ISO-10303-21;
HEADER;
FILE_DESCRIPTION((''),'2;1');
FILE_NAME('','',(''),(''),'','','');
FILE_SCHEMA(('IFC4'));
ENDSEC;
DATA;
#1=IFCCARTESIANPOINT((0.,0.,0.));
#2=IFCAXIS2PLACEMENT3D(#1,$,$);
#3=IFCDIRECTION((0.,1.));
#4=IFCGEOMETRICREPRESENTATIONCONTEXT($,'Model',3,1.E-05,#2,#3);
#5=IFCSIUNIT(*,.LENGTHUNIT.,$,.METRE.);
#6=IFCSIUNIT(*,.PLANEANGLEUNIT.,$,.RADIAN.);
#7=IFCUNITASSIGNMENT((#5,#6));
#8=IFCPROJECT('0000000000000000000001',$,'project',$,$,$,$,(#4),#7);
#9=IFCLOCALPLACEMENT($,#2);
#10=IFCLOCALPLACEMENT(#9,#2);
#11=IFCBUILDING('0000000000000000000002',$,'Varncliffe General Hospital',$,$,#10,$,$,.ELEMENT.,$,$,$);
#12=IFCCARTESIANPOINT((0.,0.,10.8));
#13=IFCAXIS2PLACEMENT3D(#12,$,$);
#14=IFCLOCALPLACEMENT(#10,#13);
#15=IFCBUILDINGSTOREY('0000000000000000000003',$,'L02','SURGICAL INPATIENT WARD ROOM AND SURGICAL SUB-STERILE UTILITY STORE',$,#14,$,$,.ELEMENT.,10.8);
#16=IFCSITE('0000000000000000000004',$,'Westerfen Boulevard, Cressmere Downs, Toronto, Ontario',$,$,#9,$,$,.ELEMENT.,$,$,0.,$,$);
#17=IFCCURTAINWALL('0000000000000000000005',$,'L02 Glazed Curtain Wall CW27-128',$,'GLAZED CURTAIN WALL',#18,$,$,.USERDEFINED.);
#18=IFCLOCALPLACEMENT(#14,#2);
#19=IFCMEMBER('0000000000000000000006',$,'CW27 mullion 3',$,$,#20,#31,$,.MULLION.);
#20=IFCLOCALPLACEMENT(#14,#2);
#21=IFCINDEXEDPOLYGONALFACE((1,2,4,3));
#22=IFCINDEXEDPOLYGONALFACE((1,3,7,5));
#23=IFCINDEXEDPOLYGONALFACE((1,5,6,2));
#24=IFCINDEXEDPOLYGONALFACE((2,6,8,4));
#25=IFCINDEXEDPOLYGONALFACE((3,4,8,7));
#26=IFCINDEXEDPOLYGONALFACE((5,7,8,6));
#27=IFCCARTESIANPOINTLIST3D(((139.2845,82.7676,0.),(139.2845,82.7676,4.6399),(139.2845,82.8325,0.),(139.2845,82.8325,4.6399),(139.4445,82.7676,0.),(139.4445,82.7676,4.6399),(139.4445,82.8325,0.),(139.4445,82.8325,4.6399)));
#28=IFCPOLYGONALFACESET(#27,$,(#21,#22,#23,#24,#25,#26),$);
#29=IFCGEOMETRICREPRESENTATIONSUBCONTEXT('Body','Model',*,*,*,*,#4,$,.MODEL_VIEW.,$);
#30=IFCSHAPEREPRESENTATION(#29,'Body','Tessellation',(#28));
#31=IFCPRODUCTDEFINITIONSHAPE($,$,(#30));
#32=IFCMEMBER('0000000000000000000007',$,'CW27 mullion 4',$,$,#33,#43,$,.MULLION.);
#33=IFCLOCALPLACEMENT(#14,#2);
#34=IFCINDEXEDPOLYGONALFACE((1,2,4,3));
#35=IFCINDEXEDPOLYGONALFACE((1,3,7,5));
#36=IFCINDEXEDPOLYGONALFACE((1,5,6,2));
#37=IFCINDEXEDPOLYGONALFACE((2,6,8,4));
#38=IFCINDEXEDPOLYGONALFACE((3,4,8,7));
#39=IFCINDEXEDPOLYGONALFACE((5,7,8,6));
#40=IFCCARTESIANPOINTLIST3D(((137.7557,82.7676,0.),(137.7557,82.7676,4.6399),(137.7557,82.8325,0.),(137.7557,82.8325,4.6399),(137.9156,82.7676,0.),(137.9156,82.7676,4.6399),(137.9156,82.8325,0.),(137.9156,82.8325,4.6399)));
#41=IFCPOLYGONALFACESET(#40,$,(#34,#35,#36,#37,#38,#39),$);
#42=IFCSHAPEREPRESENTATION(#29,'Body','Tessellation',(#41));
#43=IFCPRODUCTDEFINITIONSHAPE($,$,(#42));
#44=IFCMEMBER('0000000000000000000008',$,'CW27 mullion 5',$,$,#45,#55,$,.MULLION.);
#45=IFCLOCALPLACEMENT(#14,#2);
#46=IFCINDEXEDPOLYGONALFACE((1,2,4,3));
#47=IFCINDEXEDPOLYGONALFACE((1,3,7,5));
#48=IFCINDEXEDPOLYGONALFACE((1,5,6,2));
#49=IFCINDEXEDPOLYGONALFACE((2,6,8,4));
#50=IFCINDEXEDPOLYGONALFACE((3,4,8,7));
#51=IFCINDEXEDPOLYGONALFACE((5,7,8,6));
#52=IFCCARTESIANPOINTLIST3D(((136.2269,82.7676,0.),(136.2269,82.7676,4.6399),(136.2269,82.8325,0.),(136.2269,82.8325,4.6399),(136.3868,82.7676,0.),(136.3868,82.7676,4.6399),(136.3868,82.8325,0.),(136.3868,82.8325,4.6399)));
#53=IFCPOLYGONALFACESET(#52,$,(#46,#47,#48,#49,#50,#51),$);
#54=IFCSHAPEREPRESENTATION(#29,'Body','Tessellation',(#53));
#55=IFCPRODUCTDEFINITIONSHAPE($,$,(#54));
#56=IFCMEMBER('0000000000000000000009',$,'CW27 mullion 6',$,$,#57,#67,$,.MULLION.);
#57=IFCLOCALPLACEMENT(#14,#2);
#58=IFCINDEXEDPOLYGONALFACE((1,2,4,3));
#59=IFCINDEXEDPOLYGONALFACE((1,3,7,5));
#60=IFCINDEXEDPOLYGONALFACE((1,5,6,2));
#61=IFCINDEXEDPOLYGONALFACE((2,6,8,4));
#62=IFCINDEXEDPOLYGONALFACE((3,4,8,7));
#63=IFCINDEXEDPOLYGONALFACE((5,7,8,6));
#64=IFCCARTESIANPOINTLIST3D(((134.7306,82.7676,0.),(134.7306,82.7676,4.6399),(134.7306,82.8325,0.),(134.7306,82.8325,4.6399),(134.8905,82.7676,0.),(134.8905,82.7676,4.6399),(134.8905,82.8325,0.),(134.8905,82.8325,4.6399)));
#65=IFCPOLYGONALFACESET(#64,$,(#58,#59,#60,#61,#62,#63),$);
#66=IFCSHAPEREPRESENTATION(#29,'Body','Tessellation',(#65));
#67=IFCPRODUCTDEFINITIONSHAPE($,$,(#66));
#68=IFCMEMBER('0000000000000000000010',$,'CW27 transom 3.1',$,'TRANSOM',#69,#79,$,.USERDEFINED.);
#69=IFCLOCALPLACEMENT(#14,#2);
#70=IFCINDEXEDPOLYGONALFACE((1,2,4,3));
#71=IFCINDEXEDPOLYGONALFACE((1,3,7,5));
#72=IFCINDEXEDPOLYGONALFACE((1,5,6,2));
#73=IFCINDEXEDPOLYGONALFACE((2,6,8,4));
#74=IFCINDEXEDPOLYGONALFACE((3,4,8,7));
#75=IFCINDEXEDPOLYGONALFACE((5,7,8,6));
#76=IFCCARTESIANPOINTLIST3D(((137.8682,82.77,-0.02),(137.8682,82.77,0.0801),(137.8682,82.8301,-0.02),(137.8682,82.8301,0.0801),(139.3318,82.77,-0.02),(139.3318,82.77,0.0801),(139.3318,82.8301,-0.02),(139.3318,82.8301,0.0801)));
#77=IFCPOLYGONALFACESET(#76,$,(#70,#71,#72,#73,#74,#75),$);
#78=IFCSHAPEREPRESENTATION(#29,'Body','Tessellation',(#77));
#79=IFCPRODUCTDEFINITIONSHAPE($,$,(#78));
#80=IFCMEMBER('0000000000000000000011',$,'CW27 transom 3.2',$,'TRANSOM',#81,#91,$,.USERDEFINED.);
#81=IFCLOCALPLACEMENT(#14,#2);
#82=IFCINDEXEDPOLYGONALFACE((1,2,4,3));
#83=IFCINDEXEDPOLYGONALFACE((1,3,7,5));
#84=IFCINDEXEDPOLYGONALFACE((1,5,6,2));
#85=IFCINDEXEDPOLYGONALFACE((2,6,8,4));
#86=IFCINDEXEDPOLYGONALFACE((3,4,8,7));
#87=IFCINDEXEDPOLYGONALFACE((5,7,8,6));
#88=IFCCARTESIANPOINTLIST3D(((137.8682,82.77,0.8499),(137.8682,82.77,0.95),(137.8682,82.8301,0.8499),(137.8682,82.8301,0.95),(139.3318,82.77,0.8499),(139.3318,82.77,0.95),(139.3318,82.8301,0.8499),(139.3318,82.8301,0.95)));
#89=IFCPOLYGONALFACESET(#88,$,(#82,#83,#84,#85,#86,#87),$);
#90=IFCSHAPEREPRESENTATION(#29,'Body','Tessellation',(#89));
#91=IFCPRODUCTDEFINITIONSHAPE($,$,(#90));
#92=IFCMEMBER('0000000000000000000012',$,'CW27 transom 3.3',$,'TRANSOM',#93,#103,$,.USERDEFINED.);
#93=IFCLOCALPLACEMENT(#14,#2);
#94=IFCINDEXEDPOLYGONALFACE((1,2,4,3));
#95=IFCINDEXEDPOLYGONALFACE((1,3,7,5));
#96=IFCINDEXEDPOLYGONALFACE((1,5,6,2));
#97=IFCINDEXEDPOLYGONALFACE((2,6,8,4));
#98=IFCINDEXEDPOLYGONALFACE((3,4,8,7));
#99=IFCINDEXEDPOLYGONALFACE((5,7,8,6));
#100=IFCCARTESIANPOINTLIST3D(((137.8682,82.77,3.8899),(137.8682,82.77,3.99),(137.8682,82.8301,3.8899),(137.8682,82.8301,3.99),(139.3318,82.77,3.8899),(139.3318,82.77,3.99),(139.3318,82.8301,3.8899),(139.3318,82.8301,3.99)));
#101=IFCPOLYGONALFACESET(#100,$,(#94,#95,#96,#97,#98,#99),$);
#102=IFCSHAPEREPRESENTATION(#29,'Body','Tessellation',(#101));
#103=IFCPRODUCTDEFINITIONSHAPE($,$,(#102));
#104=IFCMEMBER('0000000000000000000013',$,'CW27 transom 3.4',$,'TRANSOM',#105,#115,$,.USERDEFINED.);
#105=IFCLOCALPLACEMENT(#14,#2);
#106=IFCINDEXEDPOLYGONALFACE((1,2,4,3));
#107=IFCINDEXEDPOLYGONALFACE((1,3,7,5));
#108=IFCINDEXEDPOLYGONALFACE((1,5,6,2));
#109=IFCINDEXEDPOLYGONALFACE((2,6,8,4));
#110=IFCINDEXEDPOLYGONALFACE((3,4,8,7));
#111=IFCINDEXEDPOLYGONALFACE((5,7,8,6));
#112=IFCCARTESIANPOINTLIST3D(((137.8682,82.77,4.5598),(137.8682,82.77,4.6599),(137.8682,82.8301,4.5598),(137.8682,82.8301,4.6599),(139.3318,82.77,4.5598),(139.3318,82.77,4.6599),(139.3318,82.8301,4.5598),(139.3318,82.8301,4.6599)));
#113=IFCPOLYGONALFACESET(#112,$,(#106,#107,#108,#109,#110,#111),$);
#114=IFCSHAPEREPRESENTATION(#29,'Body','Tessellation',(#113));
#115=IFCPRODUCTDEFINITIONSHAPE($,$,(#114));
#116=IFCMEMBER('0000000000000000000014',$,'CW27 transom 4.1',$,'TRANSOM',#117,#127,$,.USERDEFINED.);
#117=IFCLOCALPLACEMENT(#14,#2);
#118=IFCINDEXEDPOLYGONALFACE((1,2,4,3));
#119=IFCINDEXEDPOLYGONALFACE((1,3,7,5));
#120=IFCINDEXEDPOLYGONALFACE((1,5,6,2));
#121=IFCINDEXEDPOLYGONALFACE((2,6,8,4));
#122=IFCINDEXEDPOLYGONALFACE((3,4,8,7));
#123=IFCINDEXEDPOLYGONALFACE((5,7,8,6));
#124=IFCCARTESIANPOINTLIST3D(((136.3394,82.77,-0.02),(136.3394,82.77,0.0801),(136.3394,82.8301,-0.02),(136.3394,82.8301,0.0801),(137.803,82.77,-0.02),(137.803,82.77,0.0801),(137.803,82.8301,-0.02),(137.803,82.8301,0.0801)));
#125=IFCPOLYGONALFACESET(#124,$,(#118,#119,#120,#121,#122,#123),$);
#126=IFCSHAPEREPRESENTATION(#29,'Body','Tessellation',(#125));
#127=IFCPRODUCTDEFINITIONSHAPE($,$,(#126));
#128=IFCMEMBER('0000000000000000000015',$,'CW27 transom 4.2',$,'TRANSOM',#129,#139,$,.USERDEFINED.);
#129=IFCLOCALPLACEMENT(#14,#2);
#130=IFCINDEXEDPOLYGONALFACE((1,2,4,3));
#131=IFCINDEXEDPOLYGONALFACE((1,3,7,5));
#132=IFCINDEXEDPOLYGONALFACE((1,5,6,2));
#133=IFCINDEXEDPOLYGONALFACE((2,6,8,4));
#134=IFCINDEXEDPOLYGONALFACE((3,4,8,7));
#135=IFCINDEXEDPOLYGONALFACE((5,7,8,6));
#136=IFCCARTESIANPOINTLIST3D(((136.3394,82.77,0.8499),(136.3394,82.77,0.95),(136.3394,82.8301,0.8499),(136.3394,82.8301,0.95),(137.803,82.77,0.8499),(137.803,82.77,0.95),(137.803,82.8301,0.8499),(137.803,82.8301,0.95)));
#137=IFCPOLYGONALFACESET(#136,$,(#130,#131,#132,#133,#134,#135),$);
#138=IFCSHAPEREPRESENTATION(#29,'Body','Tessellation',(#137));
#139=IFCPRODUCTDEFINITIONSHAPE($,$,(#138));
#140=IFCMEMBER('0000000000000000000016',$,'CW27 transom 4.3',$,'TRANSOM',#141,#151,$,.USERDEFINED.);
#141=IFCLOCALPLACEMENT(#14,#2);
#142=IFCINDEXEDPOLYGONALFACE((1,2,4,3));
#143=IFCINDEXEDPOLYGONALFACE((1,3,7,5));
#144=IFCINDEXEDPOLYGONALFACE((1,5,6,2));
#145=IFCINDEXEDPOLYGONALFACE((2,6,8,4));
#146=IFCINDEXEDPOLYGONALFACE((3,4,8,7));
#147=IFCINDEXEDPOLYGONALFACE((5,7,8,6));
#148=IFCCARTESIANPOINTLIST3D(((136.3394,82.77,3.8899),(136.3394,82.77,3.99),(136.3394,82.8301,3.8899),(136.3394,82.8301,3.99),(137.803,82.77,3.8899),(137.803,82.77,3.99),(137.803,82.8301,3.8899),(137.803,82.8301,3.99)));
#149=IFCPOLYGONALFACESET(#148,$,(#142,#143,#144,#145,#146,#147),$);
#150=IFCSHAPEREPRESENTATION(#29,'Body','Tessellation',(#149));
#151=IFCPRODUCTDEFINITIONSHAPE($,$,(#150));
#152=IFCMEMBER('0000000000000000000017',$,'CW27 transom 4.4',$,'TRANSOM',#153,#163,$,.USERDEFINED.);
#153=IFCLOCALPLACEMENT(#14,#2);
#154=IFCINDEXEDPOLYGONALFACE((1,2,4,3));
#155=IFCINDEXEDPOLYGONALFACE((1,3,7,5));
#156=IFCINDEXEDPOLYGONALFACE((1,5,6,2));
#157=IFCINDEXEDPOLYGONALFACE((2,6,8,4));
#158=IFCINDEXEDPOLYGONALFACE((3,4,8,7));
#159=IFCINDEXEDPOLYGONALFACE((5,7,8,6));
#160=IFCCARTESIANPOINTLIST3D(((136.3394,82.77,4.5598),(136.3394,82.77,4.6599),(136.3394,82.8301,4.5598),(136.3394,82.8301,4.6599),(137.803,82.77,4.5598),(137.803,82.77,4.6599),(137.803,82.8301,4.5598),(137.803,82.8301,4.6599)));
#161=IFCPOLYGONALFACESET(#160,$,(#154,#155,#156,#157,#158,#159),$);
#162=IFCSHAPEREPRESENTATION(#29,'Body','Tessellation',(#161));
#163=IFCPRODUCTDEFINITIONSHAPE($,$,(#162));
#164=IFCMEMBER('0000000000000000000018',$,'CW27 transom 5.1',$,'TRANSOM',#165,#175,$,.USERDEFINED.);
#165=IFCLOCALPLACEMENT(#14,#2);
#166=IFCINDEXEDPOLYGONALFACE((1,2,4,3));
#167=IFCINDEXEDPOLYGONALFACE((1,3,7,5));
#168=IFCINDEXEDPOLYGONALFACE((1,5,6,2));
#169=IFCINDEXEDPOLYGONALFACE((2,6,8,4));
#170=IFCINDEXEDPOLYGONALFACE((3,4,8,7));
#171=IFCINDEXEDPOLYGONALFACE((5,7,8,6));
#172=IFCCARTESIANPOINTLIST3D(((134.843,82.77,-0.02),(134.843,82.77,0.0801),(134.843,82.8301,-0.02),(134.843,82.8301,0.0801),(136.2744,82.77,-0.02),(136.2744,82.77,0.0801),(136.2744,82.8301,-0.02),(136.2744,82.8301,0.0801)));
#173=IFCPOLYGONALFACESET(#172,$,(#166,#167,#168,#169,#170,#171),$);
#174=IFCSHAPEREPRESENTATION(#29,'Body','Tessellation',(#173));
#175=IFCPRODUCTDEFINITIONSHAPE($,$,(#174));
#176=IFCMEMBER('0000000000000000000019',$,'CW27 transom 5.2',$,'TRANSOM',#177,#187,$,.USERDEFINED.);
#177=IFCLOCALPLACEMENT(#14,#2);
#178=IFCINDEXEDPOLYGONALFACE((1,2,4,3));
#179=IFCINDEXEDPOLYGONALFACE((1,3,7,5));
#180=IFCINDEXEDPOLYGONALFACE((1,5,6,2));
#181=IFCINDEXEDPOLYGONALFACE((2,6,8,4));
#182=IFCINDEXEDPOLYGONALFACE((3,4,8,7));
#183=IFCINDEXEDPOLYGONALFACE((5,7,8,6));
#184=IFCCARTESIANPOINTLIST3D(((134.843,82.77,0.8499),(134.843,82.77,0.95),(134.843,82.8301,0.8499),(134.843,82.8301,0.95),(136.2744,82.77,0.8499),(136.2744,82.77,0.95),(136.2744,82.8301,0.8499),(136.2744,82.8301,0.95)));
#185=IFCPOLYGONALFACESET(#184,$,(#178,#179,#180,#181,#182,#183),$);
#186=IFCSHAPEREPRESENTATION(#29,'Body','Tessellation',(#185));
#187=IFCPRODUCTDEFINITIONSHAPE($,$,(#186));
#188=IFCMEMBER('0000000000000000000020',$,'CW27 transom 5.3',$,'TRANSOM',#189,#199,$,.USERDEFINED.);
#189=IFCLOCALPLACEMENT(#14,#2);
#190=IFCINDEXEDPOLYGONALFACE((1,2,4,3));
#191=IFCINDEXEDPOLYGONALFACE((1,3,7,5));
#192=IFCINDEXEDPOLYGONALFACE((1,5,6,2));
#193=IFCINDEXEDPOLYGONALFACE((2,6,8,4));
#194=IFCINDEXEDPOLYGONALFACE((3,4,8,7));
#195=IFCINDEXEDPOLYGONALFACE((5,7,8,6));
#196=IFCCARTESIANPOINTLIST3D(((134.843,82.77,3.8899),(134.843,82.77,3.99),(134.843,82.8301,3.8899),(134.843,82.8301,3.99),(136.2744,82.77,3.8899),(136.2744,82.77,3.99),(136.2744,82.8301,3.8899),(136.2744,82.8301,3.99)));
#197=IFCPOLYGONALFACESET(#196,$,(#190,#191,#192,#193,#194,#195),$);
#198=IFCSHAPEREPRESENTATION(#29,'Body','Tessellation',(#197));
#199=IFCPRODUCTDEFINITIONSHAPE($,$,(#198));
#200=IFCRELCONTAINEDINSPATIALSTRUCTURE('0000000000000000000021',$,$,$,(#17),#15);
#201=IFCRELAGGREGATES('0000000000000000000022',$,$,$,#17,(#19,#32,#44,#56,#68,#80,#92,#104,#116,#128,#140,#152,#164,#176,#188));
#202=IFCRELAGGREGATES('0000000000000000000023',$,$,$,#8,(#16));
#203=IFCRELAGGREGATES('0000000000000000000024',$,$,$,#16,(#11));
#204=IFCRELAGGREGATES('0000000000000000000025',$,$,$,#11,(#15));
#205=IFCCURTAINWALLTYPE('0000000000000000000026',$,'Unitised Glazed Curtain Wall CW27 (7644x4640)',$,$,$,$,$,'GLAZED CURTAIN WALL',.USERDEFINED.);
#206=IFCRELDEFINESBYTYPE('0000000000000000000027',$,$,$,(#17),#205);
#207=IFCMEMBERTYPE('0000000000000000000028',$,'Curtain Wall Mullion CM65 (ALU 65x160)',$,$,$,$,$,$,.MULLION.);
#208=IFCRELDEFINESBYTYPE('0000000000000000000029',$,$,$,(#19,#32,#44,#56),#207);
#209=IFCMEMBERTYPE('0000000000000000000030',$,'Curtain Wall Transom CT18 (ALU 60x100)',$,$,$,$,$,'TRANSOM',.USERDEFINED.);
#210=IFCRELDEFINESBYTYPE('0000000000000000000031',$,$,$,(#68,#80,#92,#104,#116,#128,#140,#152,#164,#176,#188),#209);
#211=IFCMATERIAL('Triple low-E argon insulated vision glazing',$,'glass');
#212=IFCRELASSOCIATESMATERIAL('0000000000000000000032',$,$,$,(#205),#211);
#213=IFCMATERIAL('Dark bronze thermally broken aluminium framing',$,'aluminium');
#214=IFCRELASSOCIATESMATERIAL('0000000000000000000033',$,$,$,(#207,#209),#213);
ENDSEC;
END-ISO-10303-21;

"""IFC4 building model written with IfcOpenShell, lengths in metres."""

from ifc_helpers import new_model, si_unit, direction, frame, origin, origin_2d, place, context, subcontext, project, spatial, rectangle, extrude, material, material_profile, profile_set, type_object, element, aggregate, save


model = new_model("IFC4")

# Units and contexts
model_context = context("Model", 3, precision=1e-05, world=origin(), true_north=direction((0.0, 1.0)))
body_context = subcontext(model_context, "Body", "Model", "MODEL_VIEW")
ifc_project = project(units=[si_unit("LENGTHUNIT", "METRE"), si_unit("PLANEANGLEUNIT", "RADIAN")], contexts=[model_context])

# Site, building, storey
site_placement = place(None, origin())
site = spatial("IfcSite", under=ifc_project, at=site_placement, Name="Westerfen Boulevard, Cressmere Downs, Toronto, Ontario", CompositionType="ELEMENT", RefElevation=0.0)
building_placement = place(site_placement, origin())
building = spatial("IfcBuilding", under=site, at=building_placement, Name="Varncliffe General Hospital", CompositionType="ELEMENT")
storey_placement = place(building_placement, frame((0.0, 0.0, 10.8)))
storey = spatial("IfcBuildingStorey", under=building, at=storey_placement, Name="L02", Description="SURGICAL INPATIENT WARD ROOM AND SURGICAL SUB-STERILE UTILITY STORE", CompositionType="ELEMENT", Elevation=10.8)

# Curtain wall, members
ifc_material_1 = material(Name="Triple low-E argon insulated vision glazing", Category="glass")
curtain_wall_type = type_object("IfcCurtainWallType", Name="Unitised Glazed Curtain Wall CW27 (7644x4640)", ElementType="GLAZED CURTAIN WALL", PredefinedType="USERDEFINED", material=ifc_material_1)
curtain_wall_placement = place(storey_placement, origin())
curtain_wall = element("IfcCurtainWall", 1, at=curtain_wall_placement, inside=storey, type_object=curtain_wall_type, Name="L02 Glazed Curtain Wall CW27-128", ObjectType="GLAZED CURTAIN WALL", PredefinedType="USERDEFINED")
ifc_material_2 = material(Name="Dark bronze thermally broken aluminium framing", Category="aluminium")
ifc_material_profile_1 = material_profile(ifc_material_2, rectangle(XDim=0.0649, YDim=0.1599, at=origin_2d()), Name="ALU 65x160")
ifc_profile_set_1 = profile_set([ifc_material_profile_1], Name="Dark bronze thermally broken aluminium framing")
member_type_1 = type_object("IfcMemberType", Name="Curtain Wall Mullion CM65 (ALU 65x160)", PredefinedType="MULLION", material=ifc_profile_set_1)
member_1_placement = place(storey_placement, frame((139.3645, 82.8, 0.0), z_axis=(0.0, 0.0, 1.0), x_axis=(0.0, -1.0, 0.0)))
member_1 = element("IfcMember", 2, at=member_1_placement, type_object=member_type_1, Name="CW27 mullion 3", PredefinedType="MULLION", context=body_context, shape_type="SweptSolid", body=[
    extrude(rectangle(XDim=0.0649, YDim=0.1599, at=origin_2d()), origin(), (0.0, 0.0, 1.0), 4.6399),
])
member_2_placement = place(storey_placement, frame((137.8357, 82.8, 0.0), z_axis=(0.0, 0.0, 1.0), x_axis=(0.0, -1.0, 0.0)))
member_2 = element("IfcMember", 3, at=member_2_placement, type_object=member_type_1, Name="CW27 mullion 4", PredefinedType="MULLION", context=body_context, shape_type="SweptSolid", body=[
    extrude(rectangle(XDim=0.0649, YDim=0.1599, at=origin_2d()), origin(), (0.0, 0.0, 1.0), 4.6399),
])
member_3_placement = place(storey_placement, frame((136.3069, 82.8, 0.0), z_axis=(0.0, 0.0, 1.0), x_axis=(0.0, -1.0, 0.0)))
member_3 = element("IfcMember", 4, at=member_3_placement, type_object=member_type_1, Name="CW27 mullion 5", PredefinedType="MULLION", context=body_context, shape_type="SweptSolid", body=[
    extrude(rectangle(XDim=0.0649, YDim=0.1599, at=origin_2d()), origin(), (0.0, 0.0, 1.0), 4.6399),
])
member_4_placement = place(storey_placement, frame((134.8105, 82.8, 0.0), z_axis=(0.0, 0.0, 1.0), x_axis=(0.0, -1.0, 0.0)))
member_4 = element("IfcMember", 5, at=member_4_placement, type_object=member_type_1, Name="CW27 mullion 6", PredefinedType="MULLION", context=body_context, shape_type="SweptSolid", body=[
    extrude(rectangle(XDim=0.0649, YDim=0.1599, at=origin_2d()), origin(), (0.0, 0.0, 1.0), 4.6399),
])
ifc_material_profile_2 = material_profile(ifc_material_2, rectangle(XDim=0.0601, YDim=0.1001, at=origin_2d()), Name="ALU 60x100")
ifc_profile_set_2 = profile_set([ifc_material_profile_2], Name="Dark bronze thermally broken aluminium framing")
member_type_2 = type_object("IfcMemberType", Name="Curtain Wall Transom CT18 (ALU 60x100)", ElementType="TRANSOM", PredefinedType="USERDEFINED", material=ifc_profile_set_2)
member_5_placement = place(storey_placement, frame((139.3318, 82.8, 0.03), z_axis=(-1.0, 0.0, 0.0), x_axis=(0.0, -1.0, 0.0)))
member_5 = element("IfcMember", 6, at=member_5_placement, type_object=member_type_2, Name="CW27 transom 3.1", ObjectType="TRANSOM", PredefinedType="USERDEFINED", context=body_context, shape_type="SweptSolid", body=[
    extrude(rectangle(XDim=0.0601, YDim=0.1001, at=origin_2d()), origin(), (0.0, 0.0, 1.0), 1.4636),
])
member_6_placement = place(storey_placement, frame((139.3318, 82.8, 0.8999), z_axis=(-1.0, 0.0, 0.0), x_axis=(0.0, -1.0, 0.0)))
member_6 = element("IfcMember", 7, at=member_6_placement, type_object=member_type_2, Name="CW27 transom 3.2", ObjectType="TRANSOM", PredefinedType="USERDEFINED", context=body_context, shape_type="SweptSolid", body=[
    extrude(rectangle(XDim=0.0601, YDim=0.1001, at=origin_2d()), origin(), (0.0, 0.0, 1.0), 1.4636),
])
member_7_placement = place(storey_placement, frame((139.3318, 82.8, 3.9399), z_axis=(-1.0, 0.0, 0.0), x_axis=(0.0, -1.0, 0.0)))
member_7 = element("IfcMember", 8, at=member_7_placement, type_object=member_type_2, Name="CW27 transom 3.3", ObjectType="TRANSOM", PredefinedType="USERDEFINED", context=body_context, shape_type="SweptSolid", body=[
    extrude(rectangle(XDim=0.0601, YDim=0.1001, at=origin_2d()), origin(), (0.0, 0.0, 1.0), 1.4636),
])
member_8_placement = place(storey_placement, frame((139.3318, 82.8, 4.6099), z_axis=(-1.0, 0.0, 0.0), x_axis=(0.0, -1.0, 0.0)))
member_8 = element("IfcMember", 9, at=member_8_placement, type_object=member_type_2, Name="CW27 transom 3.4", ObjectType="TRANSOM", PredefinedType="USERDEFINED", context=body_context, shape_type="SweptSolid", body=[
    extrude(rectangle(XDim=0.0601, YDim=0.1001, at=origin_2d()), origin(), (0.0, 0.0, 1.0), 1.4636),
])
member_9_placement = place(storey_placement, frame((137.803, 82.8, 0.03), z_axis=(-1.0, 0.0, 0.0), x_axis=(0.0, -1.0, 0.0)))
member_9 = element("IfcMember", 10, at=member_9_placement, type_object=member_type_2, Name="CW27 transom 4.1", ObjectType="TRANSOM", PredefinedType="USERDEFINED", context=body_context, shape_type="SweptSolid", body=[
    extrude(rectangle(XDim=0.0601, YDim=0.1001, at=origin_2d()), origin(), (0.0, 0.0, 1.0), 1.4636),
])
member_10_placement = place(storey_placement, frame((137.803, 82.8, 0.8999), z_axis=(-1.0, 0.0, 0.0), x_axis=(0.0, -1.0, 0.0)))
member_10 = element("IfcMember", 11, at=member_10_placement, type_object=member_type_2, Name="CW27 transom 4.2", ObjectType="TRANSOM", PredefinedType="USERDEFINED", context=body_context, shape_type="SweptSolid", body=[
    extrude(rectangle(XDim=0.0601, YDim=0.1001, at=origin_2d()), origin(), (0.0, 0.0, 1.0), 1.4636),
])
member_11_placement = place(storey_placement, frame((137.803, 82.8, 3.9399), z_axis=(-1.0, 0.0, 0.0), x_axis=(0.0, -1.0, 0.0)))
member_11 = element("IfcMember", 12, at=member_11_placement, type_object=member_type_2, Name="CW27 transom 4.3", ObjectType="TRANSOM", PredefinedType="USERDEFINED", context=body_context, shape_type="SweptSolid", body=[
    extrude(rectangle(XDim=0.0601, YDim=0.1001, at=origin_2d()), origin(), (0.0, 0.0, 1.0), 1.4636),
])
member_12_placement = place(storey_placement, frame((137.803, 82.8, 4.6099), z_axis=(-1.0, 0.0, 0.0), x_axis=(0.0, -1.0, 0.0)))
member_12 = element("IfcMember", 13, at=member_12_placement, type_object=member_type_2, Name="CW27 transom 4.4", ObjectType="TRANSOM", PredefinedType="USERDEFINED", context=body_context, shape_type="SweptSolid", body=[
    extrude(rectangle(XDim=0.0601, YDim=0.1001, at=origin_2d()), origin(), (0.0, 0.0, 1.0), 1.4636),
])
member_13_placement = place(storey_placement, frame((136.2744, 82.8, 0.03), z_axis=(-1.0, 0.0, 0.0), x_axis=(0.0, -1.0, 0.0)))
member_13 = element("IfcMember", 14, at=member_13_placement, type_object=member_type_2, Name="CW27 transom 5.1", ObjectType="TRANSOM", PredefinedType="USERDEFINED", context=body_context, shape_type="SweptSolid", body=[
    extrude(rectangle(XDim=0.0601, YDim=0.1001, at=origin_2d()), origin(), (0.0, 0.0, 1.0), 1.4314),
])
member_14_placement = place(storey_placement, frame((136.2744, 82.8, 0.8999), z_axis=(-1.0, 0.0, 0.0), x_axis=(0.0, -1.0, 0.0)))
member_14 = element("IfcMember", 15, at=member_14_placement, type_object=member_type_2, Name="CW27 transom 5.2", ObjectType="TRANSOM", PredefinedType="USERDEFINED", context=body_context, shape_type="SweptSolid", body=[
    extrude(rectangle(XDim=0.0601, YDim=0.1001, at=origin_2d()), origin(), (0.0, 0.0, 1.0), 1.4314),
])
member_15_placement = place(storey_placement, frame((136.2744, 82.8, 3.9399), z_axis=(-1.0, 0.0, 0.0), x_axis=(0.0, -1.0, 0.0)))
member_15 = element("IfcMember", 16, at=member_15_placement, type_object=member_type_2, Name="CW27 transom 5.3", ObjectType="TRANSOM", PredefinedType="USERDEFINED", context=body_context, shape_type="SweptSolid", body=[
    extrude(rectangle(XDim=0.0601, YDim=0.1001, at=origin_2d()), origin(), (0.0, 0.0, 1.0), 1.4314),
])
aggregate(curtain_wall, [member_1, member_2, member_3, member_4, member_5, member_6, member_7, member_8, member_9, member_10, member_11, member_12, member_13, member_14, member_15])

save(model, "model.ifc")
